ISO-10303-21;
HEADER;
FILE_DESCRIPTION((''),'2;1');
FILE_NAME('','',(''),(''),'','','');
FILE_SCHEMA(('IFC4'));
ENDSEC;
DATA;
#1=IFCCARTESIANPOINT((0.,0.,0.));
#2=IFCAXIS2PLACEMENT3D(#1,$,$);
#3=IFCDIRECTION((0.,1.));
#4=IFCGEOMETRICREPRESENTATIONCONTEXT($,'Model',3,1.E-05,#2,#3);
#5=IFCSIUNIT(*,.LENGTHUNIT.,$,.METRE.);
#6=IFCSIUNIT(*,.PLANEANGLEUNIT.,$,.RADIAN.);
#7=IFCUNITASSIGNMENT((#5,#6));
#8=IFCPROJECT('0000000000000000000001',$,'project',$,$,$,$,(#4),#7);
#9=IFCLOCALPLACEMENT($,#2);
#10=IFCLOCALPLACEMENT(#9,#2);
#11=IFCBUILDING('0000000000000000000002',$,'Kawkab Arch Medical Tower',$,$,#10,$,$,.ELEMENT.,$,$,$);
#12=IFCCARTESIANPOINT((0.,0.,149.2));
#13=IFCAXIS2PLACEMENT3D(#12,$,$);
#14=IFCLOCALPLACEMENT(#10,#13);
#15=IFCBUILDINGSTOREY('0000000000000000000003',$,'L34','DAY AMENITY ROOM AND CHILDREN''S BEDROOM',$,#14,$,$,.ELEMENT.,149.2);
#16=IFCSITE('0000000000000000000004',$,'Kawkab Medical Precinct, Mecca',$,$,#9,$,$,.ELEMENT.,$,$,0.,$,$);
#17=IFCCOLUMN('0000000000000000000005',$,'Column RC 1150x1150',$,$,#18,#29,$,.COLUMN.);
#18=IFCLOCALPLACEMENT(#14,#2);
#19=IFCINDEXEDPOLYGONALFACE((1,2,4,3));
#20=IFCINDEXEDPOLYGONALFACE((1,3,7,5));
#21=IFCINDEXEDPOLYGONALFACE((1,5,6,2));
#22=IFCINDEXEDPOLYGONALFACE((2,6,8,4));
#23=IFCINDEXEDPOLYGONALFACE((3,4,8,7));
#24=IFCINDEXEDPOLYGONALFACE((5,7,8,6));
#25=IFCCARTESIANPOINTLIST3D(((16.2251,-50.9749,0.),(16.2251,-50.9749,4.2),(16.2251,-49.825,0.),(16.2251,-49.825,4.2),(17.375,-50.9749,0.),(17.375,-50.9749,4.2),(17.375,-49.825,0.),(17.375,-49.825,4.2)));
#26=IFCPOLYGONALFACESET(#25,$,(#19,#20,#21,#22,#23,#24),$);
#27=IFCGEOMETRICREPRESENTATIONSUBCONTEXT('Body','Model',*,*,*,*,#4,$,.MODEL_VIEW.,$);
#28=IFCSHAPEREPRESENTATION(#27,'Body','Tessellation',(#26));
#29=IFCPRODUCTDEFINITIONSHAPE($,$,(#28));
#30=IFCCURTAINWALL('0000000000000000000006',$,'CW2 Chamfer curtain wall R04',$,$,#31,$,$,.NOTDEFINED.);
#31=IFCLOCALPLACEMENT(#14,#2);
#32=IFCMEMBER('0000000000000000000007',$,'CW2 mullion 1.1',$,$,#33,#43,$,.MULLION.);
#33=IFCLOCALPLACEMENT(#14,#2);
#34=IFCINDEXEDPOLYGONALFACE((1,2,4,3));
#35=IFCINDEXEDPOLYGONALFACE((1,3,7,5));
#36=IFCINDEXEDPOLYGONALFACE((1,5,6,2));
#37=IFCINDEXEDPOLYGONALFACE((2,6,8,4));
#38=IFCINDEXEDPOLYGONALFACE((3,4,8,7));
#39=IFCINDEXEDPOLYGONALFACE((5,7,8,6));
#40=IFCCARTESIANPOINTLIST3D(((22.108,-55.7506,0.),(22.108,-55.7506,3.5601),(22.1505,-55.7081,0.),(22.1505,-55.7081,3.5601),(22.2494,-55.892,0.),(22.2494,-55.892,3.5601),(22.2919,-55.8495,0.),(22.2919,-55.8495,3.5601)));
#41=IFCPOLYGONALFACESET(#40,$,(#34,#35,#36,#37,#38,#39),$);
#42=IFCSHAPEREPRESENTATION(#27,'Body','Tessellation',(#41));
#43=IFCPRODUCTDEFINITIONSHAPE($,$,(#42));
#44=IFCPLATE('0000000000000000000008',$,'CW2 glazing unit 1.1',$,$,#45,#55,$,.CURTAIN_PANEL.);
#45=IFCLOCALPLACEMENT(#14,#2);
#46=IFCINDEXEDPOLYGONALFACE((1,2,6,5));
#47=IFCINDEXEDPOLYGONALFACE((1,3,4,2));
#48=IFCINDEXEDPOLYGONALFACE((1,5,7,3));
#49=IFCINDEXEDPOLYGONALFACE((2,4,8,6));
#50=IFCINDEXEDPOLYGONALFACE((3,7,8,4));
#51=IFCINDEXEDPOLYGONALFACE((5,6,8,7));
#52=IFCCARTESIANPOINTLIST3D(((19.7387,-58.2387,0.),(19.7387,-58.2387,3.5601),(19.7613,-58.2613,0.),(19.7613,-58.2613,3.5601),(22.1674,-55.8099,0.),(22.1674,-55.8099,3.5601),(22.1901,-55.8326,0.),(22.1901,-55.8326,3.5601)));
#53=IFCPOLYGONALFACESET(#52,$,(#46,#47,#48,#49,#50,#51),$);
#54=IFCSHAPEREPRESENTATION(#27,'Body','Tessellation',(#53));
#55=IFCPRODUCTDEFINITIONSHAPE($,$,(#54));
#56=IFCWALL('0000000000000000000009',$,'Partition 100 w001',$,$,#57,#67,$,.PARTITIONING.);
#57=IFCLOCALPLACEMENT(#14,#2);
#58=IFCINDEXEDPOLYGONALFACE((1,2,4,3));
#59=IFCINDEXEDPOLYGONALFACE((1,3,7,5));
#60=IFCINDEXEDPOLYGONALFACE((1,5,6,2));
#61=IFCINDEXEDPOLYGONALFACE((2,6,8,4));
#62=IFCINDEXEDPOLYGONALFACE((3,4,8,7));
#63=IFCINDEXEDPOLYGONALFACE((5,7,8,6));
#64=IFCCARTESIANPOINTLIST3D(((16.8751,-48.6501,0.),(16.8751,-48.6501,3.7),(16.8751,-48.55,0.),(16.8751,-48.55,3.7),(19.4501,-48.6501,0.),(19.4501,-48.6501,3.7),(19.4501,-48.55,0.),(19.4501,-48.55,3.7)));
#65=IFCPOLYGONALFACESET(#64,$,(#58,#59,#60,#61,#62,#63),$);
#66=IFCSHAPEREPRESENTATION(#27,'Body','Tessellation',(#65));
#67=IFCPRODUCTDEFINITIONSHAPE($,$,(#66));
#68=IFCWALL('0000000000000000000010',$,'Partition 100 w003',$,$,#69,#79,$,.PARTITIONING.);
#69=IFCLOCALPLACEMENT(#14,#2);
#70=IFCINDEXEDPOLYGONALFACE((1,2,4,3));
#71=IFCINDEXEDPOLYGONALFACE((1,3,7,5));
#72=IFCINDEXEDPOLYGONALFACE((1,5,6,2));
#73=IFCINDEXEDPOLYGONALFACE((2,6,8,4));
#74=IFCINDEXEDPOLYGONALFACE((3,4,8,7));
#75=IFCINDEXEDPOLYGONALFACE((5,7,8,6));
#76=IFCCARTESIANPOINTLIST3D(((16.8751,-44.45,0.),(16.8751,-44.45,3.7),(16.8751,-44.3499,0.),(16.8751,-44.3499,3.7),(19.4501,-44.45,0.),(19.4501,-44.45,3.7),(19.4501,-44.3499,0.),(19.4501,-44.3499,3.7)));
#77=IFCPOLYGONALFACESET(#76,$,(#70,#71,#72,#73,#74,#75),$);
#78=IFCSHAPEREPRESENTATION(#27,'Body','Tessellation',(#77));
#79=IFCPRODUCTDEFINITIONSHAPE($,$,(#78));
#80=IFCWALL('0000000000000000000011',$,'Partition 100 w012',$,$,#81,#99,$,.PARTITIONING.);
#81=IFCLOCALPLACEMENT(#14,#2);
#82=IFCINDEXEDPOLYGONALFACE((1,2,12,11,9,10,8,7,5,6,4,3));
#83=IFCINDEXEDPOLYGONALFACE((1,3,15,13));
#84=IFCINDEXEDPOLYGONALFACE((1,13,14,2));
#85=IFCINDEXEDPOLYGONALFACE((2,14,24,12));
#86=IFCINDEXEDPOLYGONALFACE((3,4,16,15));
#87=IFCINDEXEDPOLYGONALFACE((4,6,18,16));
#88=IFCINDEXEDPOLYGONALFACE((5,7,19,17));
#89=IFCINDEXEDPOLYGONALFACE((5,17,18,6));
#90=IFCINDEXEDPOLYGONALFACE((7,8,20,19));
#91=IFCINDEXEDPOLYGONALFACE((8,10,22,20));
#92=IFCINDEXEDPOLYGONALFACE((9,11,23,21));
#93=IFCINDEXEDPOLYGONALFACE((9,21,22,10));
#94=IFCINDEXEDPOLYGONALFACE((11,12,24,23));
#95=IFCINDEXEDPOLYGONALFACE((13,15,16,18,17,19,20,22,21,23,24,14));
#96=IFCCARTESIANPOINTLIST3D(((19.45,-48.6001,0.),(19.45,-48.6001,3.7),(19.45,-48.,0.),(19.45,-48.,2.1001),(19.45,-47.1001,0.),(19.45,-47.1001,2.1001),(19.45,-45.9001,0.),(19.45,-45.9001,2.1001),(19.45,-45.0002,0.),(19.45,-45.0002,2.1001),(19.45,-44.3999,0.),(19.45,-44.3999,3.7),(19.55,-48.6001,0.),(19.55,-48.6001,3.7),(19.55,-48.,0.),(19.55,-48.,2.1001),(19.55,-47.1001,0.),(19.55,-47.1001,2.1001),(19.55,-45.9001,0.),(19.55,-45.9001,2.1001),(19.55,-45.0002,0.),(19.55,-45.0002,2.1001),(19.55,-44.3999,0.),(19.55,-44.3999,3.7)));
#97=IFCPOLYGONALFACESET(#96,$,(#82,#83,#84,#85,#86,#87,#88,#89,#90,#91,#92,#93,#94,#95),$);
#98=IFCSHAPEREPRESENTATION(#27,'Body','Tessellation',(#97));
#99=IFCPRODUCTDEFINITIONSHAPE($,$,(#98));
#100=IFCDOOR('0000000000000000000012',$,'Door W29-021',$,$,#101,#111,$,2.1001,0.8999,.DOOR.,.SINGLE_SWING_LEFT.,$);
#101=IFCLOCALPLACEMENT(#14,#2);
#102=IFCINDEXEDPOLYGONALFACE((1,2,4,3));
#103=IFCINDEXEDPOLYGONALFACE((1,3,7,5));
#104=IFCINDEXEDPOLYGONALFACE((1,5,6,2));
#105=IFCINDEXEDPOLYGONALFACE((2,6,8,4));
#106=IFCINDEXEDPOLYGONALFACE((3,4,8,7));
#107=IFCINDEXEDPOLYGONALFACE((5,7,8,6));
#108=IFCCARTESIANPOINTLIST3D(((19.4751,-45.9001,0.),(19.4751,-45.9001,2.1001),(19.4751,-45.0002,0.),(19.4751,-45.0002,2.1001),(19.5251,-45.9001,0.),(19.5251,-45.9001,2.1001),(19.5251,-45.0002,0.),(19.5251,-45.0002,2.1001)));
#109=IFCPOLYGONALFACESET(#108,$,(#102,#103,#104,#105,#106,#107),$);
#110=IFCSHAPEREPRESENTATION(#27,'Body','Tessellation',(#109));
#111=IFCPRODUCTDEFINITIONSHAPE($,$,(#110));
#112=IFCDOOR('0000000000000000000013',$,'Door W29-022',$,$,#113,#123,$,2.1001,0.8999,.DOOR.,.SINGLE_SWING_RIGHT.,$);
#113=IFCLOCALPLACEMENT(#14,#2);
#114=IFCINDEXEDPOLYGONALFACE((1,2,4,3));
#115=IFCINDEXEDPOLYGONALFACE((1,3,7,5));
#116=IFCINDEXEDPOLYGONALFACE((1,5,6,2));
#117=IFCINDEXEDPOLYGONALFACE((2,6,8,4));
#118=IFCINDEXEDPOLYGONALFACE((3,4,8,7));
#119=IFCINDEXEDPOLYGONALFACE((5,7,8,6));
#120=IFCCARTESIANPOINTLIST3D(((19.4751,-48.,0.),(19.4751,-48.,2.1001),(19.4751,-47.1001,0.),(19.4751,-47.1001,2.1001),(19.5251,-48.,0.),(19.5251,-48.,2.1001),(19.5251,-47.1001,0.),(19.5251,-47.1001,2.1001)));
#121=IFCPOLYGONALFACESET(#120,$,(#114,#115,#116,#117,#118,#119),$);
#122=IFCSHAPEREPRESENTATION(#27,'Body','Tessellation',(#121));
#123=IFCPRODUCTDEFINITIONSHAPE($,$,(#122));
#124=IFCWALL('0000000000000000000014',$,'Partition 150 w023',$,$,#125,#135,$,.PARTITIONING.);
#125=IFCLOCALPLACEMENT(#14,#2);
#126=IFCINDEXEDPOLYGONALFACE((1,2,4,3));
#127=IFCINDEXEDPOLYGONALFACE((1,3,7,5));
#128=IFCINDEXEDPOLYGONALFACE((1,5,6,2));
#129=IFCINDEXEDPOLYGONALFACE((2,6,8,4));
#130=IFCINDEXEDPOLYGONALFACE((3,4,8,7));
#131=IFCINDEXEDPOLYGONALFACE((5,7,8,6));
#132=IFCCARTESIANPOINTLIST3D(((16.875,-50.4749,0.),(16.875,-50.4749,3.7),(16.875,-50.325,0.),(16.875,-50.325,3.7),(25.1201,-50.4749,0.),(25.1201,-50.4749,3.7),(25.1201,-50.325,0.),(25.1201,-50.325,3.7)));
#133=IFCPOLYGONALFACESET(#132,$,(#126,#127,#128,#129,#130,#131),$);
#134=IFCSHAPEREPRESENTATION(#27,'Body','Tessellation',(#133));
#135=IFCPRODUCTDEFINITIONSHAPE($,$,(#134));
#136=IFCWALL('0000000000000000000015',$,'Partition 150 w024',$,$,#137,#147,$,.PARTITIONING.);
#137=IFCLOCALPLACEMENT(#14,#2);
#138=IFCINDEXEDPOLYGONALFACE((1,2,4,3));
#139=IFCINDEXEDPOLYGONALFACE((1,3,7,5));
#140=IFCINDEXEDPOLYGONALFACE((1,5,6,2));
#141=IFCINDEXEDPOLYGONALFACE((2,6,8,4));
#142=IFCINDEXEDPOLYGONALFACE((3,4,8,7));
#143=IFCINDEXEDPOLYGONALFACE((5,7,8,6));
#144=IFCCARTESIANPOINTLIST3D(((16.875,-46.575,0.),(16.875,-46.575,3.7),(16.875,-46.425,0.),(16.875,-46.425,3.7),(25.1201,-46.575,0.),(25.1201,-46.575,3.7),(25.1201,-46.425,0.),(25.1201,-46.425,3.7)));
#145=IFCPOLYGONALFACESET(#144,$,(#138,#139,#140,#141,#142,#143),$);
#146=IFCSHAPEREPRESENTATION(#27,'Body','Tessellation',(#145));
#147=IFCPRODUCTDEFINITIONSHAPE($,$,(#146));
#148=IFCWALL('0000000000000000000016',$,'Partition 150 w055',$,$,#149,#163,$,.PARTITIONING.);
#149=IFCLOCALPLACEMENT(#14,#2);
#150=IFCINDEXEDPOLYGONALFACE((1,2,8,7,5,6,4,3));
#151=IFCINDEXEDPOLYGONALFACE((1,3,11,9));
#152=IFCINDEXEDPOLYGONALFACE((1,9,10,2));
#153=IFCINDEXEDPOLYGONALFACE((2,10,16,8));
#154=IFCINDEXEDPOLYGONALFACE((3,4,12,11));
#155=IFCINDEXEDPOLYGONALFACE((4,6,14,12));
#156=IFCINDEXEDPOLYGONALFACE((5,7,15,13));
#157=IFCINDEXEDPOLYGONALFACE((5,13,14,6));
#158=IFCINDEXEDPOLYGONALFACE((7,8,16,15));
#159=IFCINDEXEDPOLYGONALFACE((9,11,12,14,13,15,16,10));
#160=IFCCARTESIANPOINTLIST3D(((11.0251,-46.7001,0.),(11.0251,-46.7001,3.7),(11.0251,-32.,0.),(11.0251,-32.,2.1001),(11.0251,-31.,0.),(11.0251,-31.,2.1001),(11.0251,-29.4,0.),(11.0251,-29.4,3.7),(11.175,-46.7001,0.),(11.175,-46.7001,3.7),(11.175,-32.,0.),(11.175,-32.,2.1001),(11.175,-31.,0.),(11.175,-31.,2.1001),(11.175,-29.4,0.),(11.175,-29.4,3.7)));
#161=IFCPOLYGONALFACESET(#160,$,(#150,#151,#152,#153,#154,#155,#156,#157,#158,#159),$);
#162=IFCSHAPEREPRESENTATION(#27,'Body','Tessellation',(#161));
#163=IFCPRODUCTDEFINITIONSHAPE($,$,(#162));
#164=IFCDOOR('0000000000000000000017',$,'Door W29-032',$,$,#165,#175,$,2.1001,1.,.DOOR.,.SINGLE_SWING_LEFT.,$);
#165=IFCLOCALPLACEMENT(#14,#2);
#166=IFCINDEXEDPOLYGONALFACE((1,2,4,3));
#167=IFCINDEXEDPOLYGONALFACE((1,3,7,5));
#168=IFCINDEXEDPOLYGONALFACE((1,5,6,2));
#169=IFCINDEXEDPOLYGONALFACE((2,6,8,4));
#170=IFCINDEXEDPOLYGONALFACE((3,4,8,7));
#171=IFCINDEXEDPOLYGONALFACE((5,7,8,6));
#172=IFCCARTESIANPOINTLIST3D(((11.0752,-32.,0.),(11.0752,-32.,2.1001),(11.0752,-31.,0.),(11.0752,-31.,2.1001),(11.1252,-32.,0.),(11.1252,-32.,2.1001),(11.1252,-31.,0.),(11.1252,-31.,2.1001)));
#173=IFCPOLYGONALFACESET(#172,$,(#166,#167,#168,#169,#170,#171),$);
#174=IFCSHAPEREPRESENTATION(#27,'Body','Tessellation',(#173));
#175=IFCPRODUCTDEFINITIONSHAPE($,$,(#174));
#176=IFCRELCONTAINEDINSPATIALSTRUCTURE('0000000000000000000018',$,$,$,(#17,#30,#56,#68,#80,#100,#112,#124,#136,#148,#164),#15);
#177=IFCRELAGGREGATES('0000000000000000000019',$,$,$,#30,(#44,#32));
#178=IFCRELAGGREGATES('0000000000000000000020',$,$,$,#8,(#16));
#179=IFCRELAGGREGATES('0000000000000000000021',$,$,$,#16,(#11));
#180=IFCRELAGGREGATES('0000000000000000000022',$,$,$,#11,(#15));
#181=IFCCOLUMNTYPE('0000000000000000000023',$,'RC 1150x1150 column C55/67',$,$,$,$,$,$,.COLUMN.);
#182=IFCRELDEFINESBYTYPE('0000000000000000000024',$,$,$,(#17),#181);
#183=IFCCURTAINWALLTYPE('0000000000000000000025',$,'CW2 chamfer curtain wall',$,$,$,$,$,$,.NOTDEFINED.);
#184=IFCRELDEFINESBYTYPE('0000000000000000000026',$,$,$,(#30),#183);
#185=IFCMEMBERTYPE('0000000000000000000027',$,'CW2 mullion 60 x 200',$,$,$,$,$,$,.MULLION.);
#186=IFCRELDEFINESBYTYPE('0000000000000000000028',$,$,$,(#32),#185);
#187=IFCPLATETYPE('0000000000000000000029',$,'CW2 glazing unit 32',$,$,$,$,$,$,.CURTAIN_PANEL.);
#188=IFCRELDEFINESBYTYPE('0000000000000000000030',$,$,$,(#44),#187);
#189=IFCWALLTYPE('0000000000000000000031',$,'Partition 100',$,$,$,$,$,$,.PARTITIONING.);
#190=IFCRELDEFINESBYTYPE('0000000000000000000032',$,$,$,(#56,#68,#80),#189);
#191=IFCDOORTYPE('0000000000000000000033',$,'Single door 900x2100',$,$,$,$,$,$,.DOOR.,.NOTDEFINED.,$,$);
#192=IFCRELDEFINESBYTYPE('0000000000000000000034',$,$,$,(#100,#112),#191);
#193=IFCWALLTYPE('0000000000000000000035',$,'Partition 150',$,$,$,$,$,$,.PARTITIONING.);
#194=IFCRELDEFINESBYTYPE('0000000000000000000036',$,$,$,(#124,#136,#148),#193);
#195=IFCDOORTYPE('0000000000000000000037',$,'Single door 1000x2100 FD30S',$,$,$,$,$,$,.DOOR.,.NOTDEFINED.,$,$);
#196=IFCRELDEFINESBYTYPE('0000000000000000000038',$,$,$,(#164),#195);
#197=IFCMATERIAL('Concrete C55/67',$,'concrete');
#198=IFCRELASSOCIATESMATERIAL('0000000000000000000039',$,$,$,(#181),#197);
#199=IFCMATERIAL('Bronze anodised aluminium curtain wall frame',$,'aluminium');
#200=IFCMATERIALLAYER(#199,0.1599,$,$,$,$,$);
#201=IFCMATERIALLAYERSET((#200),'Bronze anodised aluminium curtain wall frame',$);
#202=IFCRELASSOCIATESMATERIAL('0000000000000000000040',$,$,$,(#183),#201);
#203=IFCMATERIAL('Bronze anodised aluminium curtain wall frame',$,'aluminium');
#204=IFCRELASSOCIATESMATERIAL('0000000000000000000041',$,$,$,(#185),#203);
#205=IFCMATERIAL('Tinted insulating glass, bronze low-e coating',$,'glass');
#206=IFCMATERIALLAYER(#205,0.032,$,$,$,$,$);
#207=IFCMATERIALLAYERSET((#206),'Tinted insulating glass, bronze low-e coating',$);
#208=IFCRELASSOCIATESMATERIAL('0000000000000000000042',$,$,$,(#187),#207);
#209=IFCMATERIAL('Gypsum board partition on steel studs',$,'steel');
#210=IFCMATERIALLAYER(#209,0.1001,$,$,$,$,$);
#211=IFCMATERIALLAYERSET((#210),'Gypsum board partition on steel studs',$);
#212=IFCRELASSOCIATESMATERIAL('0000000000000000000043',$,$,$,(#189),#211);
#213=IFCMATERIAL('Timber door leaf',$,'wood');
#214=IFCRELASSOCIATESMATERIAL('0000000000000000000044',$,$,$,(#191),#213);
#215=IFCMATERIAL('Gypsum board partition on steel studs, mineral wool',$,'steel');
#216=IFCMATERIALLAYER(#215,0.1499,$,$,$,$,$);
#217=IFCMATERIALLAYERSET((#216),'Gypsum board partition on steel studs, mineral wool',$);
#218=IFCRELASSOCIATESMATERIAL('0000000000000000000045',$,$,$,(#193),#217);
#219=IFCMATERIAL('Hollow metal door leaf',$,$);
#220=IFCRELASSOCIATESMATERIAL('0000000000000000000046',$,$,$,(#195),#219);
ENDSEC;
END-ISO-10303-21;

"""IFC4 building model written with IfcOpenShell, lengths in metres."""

from ifc_helpers import new_model, si_unit, direction, frame, frame_2d, origin, origin_2d, place, context, subcontext, project, spatial, rectangle, extrude, material, layer, layer_set, material_profile, profile_set, type_object, element, fill, aggregate, save


model = new_model("IFC4")

# Units and contexts
model_context = context("Model", 3, precision=1e-05, world=origin(), true_north=direction((0.0, 1.0)))
body_context = subcontext(model_context, "Body", "Model", "MODEL_VIEW")
ifc_project = project(units=[si_unit("LENGTHUNIT", "METRE"), si_unit("PLANEANGLEUNIT", "RADIAN")], contexts=[model_context])

# Site, building, storey
site_placement = place(None, origin())
site = spatial("IfcSite", under=ifc_project, at=site_placement, Name="Kawkab Medical Precinct, Mecca", CompositionType="ELEMENT", RefElevation=0.0)
building_placement = place(site_placement, origin())
building = spatial("IfcBuilding", under=site, at=building_placement, Name="Kawkab Arch Medical Tower", CompositionType="ELEMENT")
storey_placement = place(building_placement, frame((0.0, 0.0, 149.2)))
storey = spatial("IfcBuildingStorey", under=building, at=storey_placement, Name="L34", Description="DAY AMENITY ROOM AND CHILDREN'S BEDROOM", CompositionType="ELEMENT", Elevation=149.2)

# Column
ifc_material_1 = material(Name="Concrete C55/67", Category="concrete")
ifc_material_profile_1 = material_profile(ifc_material_1, rectangle(XDim=1.1499, YDim=1.1499, at=origin_2d()), Name="RC 1150x1150")
ifc_profile_set_1 = profile_set([ifc_material_profile_1], Name="Concrete C55/67")
column_type = type_object("IfcColumnType", Name="RC 1150x1150 column C55/67", PredefinedType="COLUMN", material=ifc_profile_set_1)
column_placement = place(storey_placement, frame((16.8, -50.3999, 0.0), z_axis=(0.0, 0.0, 1.0), x_axis=(1.0, 0.0, 0.0)))
element("IfcColumn", 1, at=column_placement, inside=storey, type_object=column_type, Name="Column RC 1150x1150", PredefinedType="COLUMN", context=body_context, shape_type="SweptSolid", body=[
    extrude(rectangle(XDim=1.1499, YDim=1.1499, at=origin_2d()), origin(), (0.0, 0.0, 1.0), 4.2),
])

# Curtain wall, member, plate
ifc_material_2 = material(Name="Bronze anodised aluminium curtain wall frame", Category="aluminium")
ifc_layer_1 = layer(ifc_material_2, 0.1599)
ifc_layer_set_1 = layer_set([ifc_layer_1], Name="Bronze anodised aluminium curtain wall frame")
curtain_wall_type = type_object("IfcCurtainWallType", Name="CW2 chamfer curtain wall", PredefinedType="NOTDEFINED", material=ifc_layer_set_1)
curtain_wall_placement = place(storey_placement, origin())
curtain_wall = element("IfcCurtainWall", 2, at=curtain_wall_placement, inside=storey, type_object=curtain_wall_type, Name="CW2 Chamfer curtain wall R04", PredefinedType="NOTDEFINED")
ifc_material_3 = material(Name="Bronze anodised aluminium curtain wall frame", Category="aluminium")
ifc_material_profile_2 = material_profile(ifc_material_3, rectangle(XDim=0.2, YDim=0.0601, at=origin_2d()), Name="AL 60x200")
ifc_profile_set_2 = profile_set([ifc_material_profile_2], Name="Bronze anodised aluminium curtain wall frame")
member_type = type_object("IfcMemberType", Name="CW2 mullion 60 x 200", PredefinedType="MULLION", material=ifc_profile_set_2)
member_placement = place(storey_placement, frame((22.2, -55.8, 0.0), z_axis=(0.0, 0.0, 1.0), x_axis=(-0.707107, 0.707107, 0.0)))
member = element("IfcMember", 3, at=member_placement, type_object=member_type, Name="CW2 mullion 1.1", PredefinedType="MULLION", context=body_context, shape_type="SweptSolid", body=[
    extrude(rectangle(XDim=0.2, YDim=0.0601, at=origin_2d()), origin(), (0.0, 0.0, 1.0), 3.5601),
])
ifc_material_4 = material(Name="Tinted insulating glass, bronze low-e coating", Category="glass")
ifc_layer_2 = layer(ifc_material_4, 0.032)
ifc_layer_set_2 = layer_set([ifc_layer_2], Name="Tinted insulating glass, bronze low-e coating")
plate_type = type_object("IfcPlateType", Name="CW2 glazing unit 32", PredefinedType="CURTAIN_PANEL", material=ifc_layer_set_2)
plate_placement = place(storey_placement, frame((20.9644, -57.0356, 0.0), z_axis=(0.0, 0.0, 1.0), x_axis=(0.707107, 0.707107, 0.0)))
plate = element("IfcPlate", 4, at=plate_placement, type_object=plate_type, Name="CW2 glazing unit 1.1", PredefinedType="CURTAIN_PANEL", context=body_context, shape_type="SweptSolid", body=[
    extrude(rectangle(XDim=3.4348, YDim=0.032, at=origin_2d()), origin(), (0.0, 0.0, 1.0), 3.5601),
])
aggregate(curtain_wall, [plate, member])

# Walls
ifc_material_5 = material(Name="Gypsum board partition on steel studs", Category="steel")
ifc_layer_3 = layer(ifc_material_5, 0.1001)
ifc_layer_set_3 = layer_set([ifc_layer_3], Name="Gypsum board partition on steel studs")
wall_type_1 = type_object("IfcWallType", Name="Partition 100", PredefinedType="PARTITIONING", material=ifc_layer_set_3)
for number, where, z_axis, x_axis, name in (
    (5, (16.875, -48.6001, 0.0), (0.0, 0.0, 1.0), (1.0, 0.0, 0.0), "Partition 100 w001"),
    (6, (16.875, -44.3999, 0.0), (0.0, 0.0, 1.0), (1.0, 0.0, 0.0), "Partition 100 w003"),
):
    element("IfcWall", number, at=place(storey_placement, frame(where, z_axis=z_axis, x_axis=x_axis)), inside=storey, type_object=wall_type_1, Name=name, PredefinedType="PARTITIONING", context=body_context, shape_type="SweptSolid", body=[
        extrude(rectangle(XDim=2.575, YDim=0.1001, at=frame_2d((1.2876, 0.0))), origin(), (0.0, 0.0, 1.0), 3.7),
    ])

# Wall, openings, doors
wall_1_placement = place(storey_placement, frame((19.5, -48.6001, 0.0), z_axis=(0.0, 0.0, 1.0), x_axis=(0.0, 1.0, 0.0)))
wall_1 = element("IfcWall", 7, at=wall_1_placement, inside=storey, type_object=wall_type_1, Name="Partition 100 w012", PredefinedType="PARTITIONING", context=body_context, shape_type="SweptSolid", body=[
    extrude(rectangle(XDim=4.2002, YDim=0.1001, at=frame_2d((2.1001, 0.0))), origin(), (0.0, 0.0, 1.0), 3.7),
])
opening_1_placement = place(wall_1_placement, frame((2.7, 0.0, 0.0)))
opening_1 = element("IfcOpeningElement", 8, at=opening_1_placement, cuts=wall_1, PredefinedType="OPENING", context=body_context, shape_type="SweptSolid", body=[
    extrude(rectangle(XDim=0.8999, YDim=2.1001, at=frame_2d((0.45, 1.05))), frame((0.0, 0.0601, 0.0), z_axis=(0.0, -1.0, 0.0), x_axis=(1.0, 0.0, 0.0)), (0.0, 0.0, 1.0), 0.1201),
])
opening_2_placement = place(wall_1_placement, frame((0.6001, 0.0, 0.0)))
opening_2 = element("IfcOpeningElement", 9, at=opening_2_placement, cuts=wall_1, PredefinedType="OPENING", context=body_context, shape_type="SweptSolid", body=[
    extrude(rectangle(XDim=0.8999, YDim=2.1001, at=frame_2d((0.45, 1.05))), frame((0.0, 0.0601, 0.0), z_axis=(0.0, -1.0, 0.0), x_axis=(1.0, 0.0, 0.0)), (0.0, 0.0, 1.0), 0.1201),
])
ifc_material_6 = material(Name="Timber door leaf", Category="wood")
door_type_1 = type_object("IfcDoorType", Name="Single door 900x2100", OperationType="NOTDEFINED", PredefinedType="DOOR", material=ifc_material_6)
door_1_placement = place(opening_1_placement, origin())
door_1 = element("IfcDoor", 10, at=door_1_placement, inside=storey, type_object=door_type_1, Name="Door W29-021", OperationType="SINGLE_SWING_LEFT", OverallHeight=2.1001, OverallWidth=0.8999, PredefinedType="DOOR", context=body_context, shape_type="SweptSolid", body=[
    extrude(rectangle(XDim=0.8999, YDim=2.1001, at=frame_2d((0.45, 1.05))), frame((0.0, 0.0249, 0.0), z_axis=(0.0, -1.0, 0.0), x_axis=(1.0, 0.0, 0.0)), (0.0, 0.0, 1.0), 0.05),
])
fill(opening_1, door_1)
door_2_placement = place(opening_2_placement, origin())
door_2 = element("IfcDoor", 11, at=door_2_placement, inside=storey, type_object=door_type_1, Name="Door W29-022", OperationType="SINGLE_SWING_RIGHT", OverallHeight=2.1001, OverallWidth=0.8999, PredefinedType="DOOR", context=body_context, shape_type="SweptSolid", body=[
    extrude(rectangle(XDim=0.8999, YDim=2.1001, at=frame_2d((0.45, 1.05))), frame((0.0, 0.0249, 0.0), z_axis=(0.0, -1.0, 0.0), x_axis=(1.0, 0.0, 0.0)), (0.0, 0.0, 1.0), 0.05),
])
fill(opening_2, door_2)

# Walls
ifc_material_7 = material(Name="Gypsum board partition on steel studs, mineral wool", Category="steel")
ifc_layer_4 = layer(ifc_material_7, 0.1499)
ifc_layer_set_4 = layer_set([ifc_layer_4], Name="Gypsum board partition on steel studs, mineral wool")
wall_type_2 = type_object("IfcWallType", Name="Partition 150", PredefinedType="PARTITIONING", material=ifc_layer_set_4)
for number, where, z_axis, x_axis, name in (
    (12, (16.875, -50.3999, 0.0), (0.0, 0.0, 1.0), (1.0, 0.0, 0.0), "Partition 150 w023"),
    (13, (16.875, -46.5, 0.0), (0.0, 0.0, 1.0), (1.0, 0.0, 0.0), "Partition 150 w024"),
):
    element("IfcWall", number, at=place(storey_placement, frame(where, z_axis=z_axis, x_axis=x_axis)), inside=storey, type_object=wall_type_2, Name=name, PredefinedType="PARTITIONING", context=body_context, shape_type="SweptSolid", body=[
        extrude(rectangle(XDim=8.2451, YDim=0.1499, at=frame_2d((4.1226, 0.0))), origin(), (0.0, 0.0, 1.0), 3.7),
    ])

# Wall, opening, door
wall_2_placement = place(storey_placement, frame((11.1001, -46.7, 0.0), z_axis=(0.0, 0.0, 1.0), x_axis=(0.0, 1.0, 0.0)))
wall_2 = element("IfcWall", 14, at=wall_2_placement, inside=storey, type_object=wall_type_2, Name="Partition 150 w055", PredefinedType="PARTITIONING", context=body_context, shape_type="SweptSolid", body=[
    extrude(rectangle(XDim=17.3, YDim=0.1499, at=frame_2d((8.6499, 0.0))), origin(), (0.0, 0.0, 1.0), 3.7),
])
opening_3_placement = place(wall_2_placement, frame((14.7, 0.0, 0.0)))
opening_3 = element("IfcOpeningElement", 15, at=opening_3_placement, cuts=wall_2, PredefinedType="OPENING", context=body_context, shape_type="SweptSolid", body=[
    extrude(rectangle(XDim=1.0, YDim=2.1001, at=frame_2d((0.5, 1.05))), frame((0.0, 0.085, 0.0), z_axis=(0.0, -1.0, 0.0), x_axis=(1.0, 0.0, 0.0)), (0.0, 0.0, 1.0), 0.1699),
])
ifc_material_8 = material(Name="Hollow metal door leaf")
door_type_2 = type_object("IfcDoorType", Name="Single door 1000x2100 FD30S", OperationType="NOTDEFINED", PredefinedType="DOOR", material=ifc_material_8)
door_3_placement = place(opening_3_placement, origin())
door_3 = element("IfcDoor", 16, at=door_3_placement, inside=storey, type_object=door_type_2, Name="Door W29-032", OperationType="SINGLE_SWING_LEFT", OverallHeight=2.1001, OverallWidth=1.0, PredefinedType="DOOR", context=body_context, shape_type="SweptSolid", body=[
    extrude(rectangle(XDim=1.0, YDim=2.1001, at=frame_2d((0.5, 1.05))), frame((0.0, 0.0249, 0.0), z_axis=(0.0, -1.0, 0.0), x_axis=(1.0, 0.0, 0.0)), (0.0, 0.0, 1.0), 0.05),
])
fill(opening_3, door_3)

save(model, "model.ifc")
